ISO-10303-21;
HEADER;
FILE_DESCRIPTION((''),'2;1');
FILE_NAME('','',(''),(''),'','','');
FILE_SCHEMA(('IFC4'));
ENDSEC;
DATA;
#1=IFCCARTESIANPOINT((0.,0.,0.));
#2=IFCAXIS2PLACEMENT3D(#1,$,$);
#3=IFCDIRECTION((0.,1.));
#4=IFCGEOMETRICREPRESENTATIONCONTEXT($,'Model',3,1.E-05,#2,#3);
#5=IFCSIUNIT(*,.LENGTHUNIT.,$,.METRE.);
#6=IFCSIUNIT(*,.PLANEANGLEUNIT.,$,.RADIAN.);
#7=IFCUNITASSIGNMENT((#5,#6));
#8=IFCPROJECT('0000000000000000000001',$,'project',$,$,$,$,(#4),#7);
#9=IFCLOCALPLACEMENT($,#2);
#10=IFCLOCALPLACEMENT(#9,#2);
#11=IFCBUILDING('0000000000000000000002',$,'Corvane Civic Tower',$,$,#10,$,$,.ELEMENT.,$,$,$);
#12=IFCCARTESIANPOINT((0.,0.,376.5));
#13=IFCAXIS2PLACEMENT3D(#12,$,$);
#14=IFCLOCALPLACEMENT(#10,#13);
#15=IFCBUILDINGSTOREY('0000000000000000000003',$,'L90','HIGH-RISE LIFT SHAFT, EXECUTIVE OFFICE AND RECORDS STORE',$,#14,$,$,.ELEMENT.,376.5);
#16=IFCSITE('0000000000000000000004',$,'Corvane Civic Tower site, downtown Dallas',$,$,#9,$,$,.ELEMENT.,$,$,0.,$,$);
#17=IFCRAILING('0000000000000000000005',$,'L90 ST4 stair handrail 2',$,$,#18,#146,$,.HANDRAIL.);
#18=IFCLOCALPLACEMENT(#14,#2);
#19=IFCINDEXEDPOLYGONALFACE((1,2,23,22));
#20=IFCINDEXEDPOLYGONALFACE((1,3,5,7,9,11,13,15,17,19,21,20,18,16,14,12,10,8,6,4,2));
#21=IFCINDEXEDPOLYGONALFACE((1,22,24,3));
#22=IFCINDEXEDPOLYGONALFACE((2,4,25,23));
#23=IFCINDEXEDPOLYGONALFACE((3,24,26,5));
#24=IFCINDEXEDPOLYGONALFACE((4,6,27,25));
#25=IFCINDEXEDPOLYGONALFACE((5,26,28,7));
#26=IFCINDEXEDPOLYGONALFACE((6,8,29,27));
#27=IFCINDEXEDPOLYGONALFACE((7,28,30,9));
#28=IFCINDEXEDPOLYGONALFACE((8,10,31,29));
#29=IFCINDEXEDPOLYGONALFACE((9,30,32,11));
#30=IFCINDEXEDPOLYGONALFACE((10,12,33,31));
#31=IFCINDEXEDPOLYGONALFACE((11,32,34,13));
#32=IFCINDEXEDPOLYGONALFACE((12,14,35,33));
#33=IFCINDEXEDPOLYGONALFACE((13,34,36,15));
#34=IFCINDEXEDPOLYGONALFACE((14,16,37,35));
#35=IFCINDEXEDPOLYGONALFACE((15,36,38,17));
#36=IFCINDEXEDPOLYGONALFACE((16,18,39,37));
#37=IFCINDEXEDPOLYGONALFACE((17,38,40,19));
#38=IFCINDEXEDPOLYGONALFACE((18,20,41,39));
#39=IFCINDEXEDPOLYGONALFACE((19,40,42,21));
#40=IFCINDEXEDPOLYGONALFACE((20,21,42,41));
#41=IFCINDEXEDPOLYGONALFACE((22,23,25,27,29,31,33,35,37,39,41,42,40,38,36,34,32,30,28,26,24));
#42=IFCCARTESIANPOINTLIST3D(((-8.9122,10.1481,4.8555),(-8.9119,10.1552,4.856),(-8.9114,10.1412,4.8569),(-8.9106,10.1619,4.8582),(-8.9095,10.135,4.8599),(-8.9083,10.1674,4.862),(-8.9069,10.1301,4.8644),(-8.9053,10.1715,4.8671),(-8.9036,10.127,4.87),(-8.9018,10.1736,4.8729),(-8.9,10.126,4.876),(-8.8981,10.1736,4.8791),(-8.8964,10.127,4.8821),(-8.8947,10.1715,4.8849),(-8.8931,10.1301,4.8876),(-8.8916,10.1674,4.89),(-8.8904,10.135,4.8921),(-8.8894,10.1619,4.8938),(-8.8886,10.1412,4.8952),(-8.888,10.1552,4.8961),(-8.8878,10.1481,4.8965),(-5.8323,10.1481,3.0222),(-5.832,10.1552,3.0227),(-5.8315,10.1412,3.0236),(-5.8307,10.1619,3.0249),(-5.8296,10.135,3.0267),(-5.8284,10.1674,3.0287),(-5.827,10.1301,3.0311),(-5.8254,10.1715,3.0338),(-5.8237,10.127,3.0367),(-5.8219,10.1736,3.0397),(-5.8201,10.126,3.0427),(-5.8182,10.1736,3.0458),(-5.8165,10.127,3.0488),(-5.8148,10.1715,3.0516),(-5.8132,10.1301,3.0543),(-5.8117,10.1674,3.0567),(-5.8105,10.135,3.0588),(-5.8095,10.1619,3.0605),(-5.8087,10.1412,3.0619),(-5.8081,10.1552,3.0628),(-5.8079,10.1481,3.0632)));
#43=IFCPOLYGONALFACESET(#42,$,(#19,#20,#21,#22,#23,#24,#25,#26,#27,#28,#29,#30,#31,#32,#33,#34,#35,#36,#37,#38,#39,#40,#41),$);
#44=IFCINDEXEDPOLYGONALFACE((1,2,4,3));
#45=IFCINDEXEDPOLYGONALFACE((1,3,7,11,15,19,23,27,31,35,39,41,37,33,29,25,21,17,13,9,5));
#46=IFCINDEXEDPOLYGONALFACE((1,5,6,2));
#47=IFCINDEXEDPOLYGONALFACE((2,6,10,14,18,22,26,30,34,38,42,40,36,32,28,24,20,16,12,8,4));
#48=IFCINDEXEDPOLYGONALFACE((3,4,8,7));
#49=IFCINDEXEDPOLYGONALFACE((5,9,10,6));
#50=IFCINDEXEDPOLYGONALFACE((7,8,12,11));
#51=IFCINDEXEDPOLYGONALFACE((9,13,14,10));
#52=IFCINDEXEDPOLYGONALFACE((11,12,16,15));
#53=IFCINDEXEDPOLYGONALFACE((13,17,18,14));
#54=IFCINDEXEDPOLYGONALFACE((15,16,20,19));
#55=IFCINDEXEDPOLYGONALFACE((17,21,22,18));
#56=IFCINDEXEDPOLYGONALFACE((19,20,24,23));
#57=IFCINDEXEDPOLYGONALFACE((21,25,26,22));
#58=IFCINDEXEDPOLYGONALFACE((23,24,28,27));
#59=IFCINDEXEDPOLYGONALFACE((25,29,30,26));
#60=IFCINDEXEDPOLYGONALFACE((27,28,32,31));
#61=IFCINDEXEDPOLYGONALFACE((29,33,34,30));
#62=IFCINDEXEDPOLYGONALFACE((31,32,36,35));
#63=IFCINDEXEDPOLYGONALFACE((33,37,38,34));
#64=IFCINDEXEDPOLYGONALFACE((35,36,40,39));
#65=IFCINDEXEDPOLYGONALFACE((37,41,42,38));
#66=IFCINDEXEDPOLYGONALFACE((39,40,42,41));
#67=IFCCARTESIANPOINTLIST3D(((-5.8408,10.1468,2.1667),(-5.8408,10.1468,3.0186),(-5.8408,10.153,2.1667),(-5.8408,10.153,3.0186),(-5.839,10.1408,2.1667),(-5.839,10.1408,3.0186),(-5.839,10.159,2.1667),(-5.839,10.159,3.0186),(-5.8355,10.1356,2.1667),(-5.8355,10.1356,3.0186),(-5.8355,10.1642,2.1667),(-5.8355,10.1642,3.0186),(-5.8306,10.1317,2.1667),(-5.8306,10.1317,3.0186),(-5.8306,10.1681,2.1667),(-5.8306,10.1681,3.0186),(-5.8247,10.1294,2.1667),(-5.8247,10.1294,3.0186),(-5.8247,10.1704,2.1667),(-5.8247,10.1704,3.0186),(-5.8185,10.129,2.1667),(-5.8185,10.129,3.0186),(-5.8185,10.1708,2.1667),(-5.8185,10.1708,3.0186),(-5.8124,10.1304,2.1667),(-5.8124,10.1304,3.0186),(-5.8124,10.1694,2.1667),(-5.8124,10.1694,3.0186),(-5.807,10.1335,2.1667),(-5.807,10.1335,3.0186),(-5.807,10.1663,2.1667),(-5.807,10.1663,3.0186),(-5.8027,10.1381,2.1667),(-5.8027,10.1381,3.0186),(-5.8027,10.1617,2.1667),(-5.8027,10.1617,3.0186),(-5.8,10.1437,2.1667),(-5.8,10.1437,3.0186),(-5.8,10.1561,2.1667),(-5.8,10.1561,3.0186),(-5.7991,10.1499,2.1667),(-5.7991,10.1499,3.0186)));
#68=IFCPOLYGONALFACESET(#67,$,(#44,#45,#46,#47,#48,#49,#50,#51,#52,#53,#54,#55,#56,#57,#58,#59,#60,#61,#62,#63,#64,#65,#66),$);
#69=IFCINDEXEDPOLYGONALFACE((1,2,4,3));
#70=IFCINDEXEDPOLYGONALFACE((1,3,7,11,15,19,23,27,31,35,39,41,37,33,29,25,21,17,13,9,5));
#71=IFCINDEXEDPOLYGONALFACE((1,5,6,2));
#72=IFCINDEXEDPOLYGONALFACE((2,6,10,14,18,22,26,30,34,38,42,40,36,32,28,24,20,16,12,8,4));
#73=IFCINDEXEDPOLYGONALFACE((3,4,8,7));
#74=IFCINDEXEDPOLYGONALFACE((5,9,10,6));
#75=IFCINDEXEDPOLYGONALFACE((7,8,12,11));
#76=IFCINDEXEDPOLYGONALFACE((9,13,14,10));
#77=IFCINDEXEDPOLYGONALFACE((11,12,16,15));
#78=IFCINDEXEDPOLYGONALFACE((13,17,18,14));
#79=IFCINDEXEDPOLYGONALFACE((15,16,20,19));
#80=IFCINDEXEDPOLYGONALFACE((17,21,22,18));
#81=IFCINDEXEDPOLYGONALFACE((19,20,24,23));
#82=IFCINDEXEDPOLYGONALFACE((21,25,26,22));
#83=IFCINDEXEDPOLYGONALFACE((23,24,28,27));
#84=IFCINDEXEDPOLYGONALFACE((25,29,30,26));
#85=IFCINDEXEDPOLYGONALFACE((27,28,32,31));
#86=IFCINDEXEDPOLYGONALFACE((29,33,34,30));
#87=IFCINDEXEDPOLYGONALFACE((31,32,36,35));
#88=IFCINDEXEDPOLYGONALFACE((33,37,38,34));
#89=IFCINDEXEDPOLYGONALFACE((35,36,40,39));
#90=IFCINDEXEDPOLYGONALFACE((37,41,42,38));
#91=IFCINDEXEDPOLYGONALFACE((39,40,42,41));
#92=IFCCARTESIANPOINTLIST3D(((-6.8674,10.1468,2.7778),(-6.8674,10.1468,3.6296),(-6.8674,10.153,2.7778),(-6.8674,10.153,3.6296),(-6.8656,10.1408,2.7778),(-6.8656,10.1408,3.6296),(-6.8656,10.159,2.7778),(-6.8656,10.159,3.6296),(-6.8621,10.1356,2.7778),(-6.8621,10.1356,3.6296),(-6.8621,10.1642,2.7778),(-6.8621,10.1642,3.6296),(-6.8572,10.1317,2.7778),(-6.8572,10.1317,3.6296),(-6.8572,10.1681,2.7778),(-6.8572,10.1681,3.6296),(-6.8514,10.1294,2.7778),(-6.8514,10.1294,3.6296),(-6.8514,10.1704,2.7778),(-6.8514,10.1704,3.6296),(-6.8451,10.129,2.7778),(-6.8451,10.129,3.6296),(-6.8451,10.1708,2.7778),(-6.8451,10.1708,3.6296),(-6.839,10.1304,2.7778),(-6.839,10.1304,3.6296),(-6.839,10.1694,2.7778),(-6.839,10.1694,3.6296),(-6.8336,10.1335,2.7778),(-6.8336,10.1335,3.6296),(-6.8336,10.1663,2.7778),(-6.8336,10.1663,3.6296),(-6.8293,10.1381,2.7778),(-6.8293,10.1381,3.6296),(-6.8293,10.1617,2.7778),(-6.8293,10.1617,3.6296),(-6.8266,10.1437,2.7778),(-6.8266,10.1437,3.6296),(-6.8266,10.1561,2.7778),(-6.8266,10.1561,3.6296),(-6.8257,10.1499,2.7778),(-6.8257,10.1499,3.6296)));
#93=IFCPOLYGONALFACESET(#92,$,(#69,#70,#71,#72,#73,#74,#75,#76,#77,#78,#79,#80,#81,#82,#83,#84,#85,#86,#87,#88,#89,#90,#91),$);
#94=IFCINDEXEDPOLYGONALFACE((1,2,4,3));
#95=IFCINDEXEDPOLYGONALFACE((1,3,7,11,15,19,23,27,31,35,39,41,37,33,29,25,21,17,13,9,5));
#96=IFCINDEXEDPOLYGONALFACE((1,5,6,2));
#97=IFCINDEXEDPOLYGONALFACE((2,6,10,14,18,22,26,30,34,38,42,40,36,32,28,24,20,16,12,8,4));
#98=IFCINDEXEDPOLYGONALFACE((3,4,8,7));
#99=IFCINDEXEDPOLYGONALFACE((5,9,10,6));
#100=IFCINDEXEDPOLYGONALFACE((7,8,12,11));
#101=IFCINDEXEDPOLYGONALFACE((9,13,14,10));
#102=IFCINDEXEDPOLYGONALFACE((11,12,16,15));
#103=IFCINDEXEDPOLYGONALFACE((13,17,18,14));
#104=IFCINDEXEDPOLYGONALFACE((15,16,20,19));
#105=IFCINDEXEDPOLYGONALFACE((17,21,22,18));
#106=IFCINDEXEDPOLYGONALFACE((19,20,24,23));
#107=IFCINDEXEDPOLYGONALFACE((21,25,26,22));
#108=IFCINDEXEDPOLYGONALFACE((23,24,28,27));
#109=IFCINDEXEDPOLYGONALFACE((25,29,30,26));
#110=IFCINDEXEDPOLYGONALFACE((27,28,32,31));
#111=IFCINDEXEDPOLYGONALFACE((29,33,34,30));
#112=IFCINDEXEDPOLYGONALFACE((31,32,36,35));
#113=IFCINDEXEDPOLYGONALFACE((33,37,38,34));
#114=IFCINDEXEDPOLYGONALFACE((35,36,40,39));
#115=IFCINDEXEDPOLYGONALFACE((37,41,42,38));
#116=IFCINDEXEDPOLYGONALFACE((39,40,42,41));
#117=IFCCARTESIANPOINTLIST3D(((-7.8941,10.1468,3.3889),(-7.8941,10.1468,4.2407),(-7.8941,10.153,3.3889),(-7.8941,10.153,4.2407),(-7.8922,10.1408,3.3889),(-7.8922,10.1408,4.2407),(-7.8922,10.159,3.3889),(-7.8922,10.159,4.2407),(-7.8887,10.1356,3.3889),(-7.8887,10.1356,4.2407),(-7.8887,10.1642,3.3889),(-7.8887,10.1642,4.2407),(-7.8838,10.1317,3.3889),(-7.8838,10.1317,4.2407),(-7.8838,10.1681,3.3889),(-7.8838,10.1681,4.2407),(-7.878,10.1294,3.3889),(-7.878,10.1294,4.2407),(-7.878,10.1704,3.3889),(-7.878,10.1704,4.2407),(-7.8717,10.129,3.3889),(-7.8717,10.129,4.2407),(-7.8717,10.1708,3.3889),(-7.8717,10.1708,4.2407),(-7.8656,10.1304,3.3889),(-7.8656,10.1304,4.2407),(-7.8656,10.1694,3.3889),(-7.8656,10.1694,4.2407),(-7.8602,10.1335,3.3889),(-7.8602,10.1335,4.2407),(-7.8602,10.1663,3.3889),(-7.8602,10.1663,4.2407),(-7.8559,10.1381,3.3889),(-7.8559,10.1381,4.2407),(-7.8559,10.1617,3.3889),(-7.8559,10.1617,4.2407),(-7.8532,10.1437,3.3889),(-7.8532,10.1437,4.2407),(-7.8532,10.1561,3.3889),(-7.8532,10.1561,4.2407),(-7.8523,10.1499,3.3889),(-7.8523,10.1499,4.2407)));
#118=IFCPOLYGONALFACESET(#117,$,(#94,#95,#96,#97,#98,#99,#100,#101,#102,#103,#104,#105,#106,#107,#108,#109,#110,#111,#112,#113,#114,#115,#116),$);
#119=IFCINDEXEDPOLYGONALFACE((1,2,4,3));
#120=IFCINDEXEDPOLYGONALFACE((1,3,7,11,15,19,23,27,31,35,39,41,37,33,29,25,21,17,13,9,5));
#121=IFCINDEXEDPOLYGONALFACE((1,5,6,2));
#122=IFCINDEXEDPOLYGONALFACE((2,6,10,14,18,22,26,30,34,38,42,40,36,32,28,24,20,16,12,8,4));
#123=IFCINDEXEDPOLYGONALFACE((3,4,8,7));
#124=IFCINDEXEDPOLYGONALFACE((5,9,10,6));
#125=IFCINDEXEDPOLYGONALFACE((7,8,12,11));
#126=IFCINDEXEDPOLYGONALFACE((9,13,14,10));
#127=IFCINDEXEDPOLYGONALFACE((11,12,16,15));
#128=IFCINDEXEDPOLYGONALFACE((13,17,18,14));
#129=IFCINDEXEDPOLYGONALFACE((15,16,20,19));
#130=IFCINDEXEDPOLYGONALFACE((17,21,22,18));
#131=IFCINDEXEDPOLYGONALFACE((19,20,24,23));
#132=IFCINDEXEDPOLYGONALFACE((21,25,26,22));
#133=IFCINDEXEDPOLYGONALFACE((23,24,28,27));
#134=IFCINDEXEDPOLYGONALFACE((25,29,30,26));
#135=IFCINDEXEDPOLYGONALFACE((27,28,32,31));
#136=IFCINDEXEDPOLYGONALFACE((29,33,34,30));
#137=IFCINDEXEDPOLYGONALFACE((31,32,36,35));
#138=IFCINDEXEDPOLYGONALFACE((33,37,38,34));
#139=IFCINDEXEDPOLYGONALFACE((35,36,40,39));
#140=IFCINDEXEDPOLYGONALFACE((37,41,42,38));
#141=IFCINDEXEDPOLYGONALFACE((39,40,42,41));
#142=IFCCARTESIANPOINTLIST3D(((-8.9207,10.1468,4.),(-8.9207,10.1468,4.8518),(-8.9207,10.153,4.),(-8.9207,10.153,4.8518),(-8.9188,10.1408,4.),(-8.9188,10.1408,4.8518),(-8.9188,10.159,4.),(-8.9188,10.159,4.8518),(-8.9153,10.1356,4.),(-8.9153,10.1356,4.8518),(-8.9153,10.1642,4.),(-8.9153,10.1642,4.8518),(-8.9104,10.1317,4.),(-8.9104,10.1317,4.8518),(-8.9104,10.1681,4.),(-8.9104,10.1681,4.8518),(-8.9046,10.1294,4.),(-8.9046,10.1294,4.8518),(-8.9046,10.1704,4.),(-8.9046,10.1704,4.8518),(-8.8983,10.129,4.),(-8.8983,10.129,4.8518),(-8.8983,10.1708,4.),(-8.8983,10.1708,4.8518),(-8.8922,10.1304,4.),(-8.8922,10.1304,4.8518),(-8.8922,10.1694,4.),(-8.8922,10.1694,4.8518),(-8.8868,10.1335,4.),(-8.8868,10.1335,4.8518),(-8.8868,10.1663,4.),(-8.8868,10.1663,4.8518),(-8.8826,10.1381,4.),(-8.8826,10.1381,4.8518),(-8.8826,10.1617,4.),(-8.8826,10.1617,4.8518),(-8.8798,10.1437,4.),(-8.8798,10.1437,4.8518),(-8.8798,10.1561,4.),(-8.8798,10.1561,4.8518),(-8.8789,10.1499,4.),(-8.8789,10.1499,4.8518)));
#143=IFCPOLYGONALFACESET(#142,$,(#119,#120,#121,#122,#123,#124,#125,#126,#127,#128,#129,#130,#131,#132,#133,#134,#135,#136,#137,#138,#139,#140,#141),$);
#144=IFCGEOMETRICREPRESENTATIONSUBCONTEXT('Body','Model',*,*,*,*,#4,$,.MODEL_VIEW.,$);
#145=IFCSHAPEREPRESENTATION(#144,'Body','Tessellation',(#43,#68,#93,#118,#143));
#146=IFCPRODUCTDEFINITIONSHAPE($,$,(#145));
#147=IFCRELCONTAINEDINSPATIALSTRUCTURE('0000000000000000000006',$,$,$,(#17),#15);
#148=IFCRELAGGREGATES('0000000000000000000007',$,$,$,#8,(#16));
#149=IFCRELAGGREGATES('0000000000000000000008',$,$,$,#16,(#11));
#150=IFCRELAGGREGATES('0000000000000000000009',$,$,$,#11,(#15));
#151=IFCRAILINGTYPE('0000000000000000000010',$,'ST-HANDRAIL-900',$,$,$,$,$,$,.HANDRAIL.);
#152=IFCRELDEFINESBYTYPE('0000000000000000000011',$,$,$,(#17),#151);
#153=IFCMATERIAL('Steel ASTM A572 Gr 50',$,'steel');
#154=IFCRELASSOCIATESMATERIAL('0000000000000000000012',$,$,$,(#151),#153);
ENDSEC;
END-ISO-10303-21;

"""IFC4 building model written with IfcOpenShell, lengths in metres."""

from ifc_helpers import new_model, si_unit, direction, frame, origin, origin_2d, place, context, subcontext, project, spatial, circle, extrude, material, type_object, element, save


model = new_model("IFC4")

# Units and contexts
model_context = context("Model", 3, precision=1e-05, world=origin(), true_north=direction((0.0, 1.0)))
body_context = subcontext(model_context, "Body", "Model", "MODEL_VIEW")
ifc_project = project(units=[si_unit("LENGTHUNIT", "METRE"), si_unit("PLANEANGLEUNIT", "RADIAN")], contexts=[model_context])

# Site, building, storey
site_placement = place(None, origin())
site = spatial("IfcSite", under=ifc_project, at=site_placement, Name="Corvane Civic Tower site, downtown Dallas", CompositionType="ELEMENT", RefElevation=0.0)
building_placement = place(site_placement, origin())
building = spatial("IfcBuilding", under=site, at=building_placement, Name="Corvane Civic Tower", CompositionType="ELEMENT")
storey_placement = place(building_placement, frame((0.0, 0.0, 376.5)))
storey = spatial("IfcBuildingStorey", under=building, at=storey_placement, Name="L90", Description="HIGH-RISE LIFT SHAFT, EXECUTIVE OFFICE AND RECORDS STORE", CompositionType="ELEMENT", Elevation=376.5)

# Railing
ifc_material_1 = material(Name="Steel ASTM A572 Gr 50", Category="steel")
railing_type_1 = type_object("IfcRailingType", Name="ST-HANDRAIL-900", PredefinedType="HANDRAIL", material=ifc_material_1)
railing_1_placement = place(storey_placement, frame((-5.8201, 10.1499, 2.1667)))
element("IfcRailing", 1, at=railing_1_placement, inside=storey, type_object=railing_type_1, Name="L90 ST4 stair handrail 2", PredefinedType="HANDRAIL", context=body_context, shape_type="SweptSolid", body=[
    extrude(circle(Radius=0.0239, at=origin_2d()), frame((0.0, 0.0, 0.876), z_axis=(-0.859291, 0.0, 0.511487), x_axis=(0.0, -1.0, 0.0)), (0.0, 0.0, 1.0), 3.5842),
    extrude(circle(Radius=0.021, at=origin_2d()), origin(), (0.0, 0.0, 1.0), 0.8518),
    extrude(circle(Radius=0.021, at=origin_2d()), frame((-1.0266, 0.0, 0.6111)), (0.0, 0.0, 1.0), 0.8518),
    extrude(circle(Radius=0.021, at=origin_2d()), frame((-2.0532, 0.0, 1.2222)), (0.0, 0.0, 1.0), 0.8518),
    extrude(circle(Radius=0.021, at=origin_2d()), frame((-3.0798, 0.0, 1.8333)), (0.0, 0.0, 1.0), 0.8518),
])

save(model, "model.ifc")
